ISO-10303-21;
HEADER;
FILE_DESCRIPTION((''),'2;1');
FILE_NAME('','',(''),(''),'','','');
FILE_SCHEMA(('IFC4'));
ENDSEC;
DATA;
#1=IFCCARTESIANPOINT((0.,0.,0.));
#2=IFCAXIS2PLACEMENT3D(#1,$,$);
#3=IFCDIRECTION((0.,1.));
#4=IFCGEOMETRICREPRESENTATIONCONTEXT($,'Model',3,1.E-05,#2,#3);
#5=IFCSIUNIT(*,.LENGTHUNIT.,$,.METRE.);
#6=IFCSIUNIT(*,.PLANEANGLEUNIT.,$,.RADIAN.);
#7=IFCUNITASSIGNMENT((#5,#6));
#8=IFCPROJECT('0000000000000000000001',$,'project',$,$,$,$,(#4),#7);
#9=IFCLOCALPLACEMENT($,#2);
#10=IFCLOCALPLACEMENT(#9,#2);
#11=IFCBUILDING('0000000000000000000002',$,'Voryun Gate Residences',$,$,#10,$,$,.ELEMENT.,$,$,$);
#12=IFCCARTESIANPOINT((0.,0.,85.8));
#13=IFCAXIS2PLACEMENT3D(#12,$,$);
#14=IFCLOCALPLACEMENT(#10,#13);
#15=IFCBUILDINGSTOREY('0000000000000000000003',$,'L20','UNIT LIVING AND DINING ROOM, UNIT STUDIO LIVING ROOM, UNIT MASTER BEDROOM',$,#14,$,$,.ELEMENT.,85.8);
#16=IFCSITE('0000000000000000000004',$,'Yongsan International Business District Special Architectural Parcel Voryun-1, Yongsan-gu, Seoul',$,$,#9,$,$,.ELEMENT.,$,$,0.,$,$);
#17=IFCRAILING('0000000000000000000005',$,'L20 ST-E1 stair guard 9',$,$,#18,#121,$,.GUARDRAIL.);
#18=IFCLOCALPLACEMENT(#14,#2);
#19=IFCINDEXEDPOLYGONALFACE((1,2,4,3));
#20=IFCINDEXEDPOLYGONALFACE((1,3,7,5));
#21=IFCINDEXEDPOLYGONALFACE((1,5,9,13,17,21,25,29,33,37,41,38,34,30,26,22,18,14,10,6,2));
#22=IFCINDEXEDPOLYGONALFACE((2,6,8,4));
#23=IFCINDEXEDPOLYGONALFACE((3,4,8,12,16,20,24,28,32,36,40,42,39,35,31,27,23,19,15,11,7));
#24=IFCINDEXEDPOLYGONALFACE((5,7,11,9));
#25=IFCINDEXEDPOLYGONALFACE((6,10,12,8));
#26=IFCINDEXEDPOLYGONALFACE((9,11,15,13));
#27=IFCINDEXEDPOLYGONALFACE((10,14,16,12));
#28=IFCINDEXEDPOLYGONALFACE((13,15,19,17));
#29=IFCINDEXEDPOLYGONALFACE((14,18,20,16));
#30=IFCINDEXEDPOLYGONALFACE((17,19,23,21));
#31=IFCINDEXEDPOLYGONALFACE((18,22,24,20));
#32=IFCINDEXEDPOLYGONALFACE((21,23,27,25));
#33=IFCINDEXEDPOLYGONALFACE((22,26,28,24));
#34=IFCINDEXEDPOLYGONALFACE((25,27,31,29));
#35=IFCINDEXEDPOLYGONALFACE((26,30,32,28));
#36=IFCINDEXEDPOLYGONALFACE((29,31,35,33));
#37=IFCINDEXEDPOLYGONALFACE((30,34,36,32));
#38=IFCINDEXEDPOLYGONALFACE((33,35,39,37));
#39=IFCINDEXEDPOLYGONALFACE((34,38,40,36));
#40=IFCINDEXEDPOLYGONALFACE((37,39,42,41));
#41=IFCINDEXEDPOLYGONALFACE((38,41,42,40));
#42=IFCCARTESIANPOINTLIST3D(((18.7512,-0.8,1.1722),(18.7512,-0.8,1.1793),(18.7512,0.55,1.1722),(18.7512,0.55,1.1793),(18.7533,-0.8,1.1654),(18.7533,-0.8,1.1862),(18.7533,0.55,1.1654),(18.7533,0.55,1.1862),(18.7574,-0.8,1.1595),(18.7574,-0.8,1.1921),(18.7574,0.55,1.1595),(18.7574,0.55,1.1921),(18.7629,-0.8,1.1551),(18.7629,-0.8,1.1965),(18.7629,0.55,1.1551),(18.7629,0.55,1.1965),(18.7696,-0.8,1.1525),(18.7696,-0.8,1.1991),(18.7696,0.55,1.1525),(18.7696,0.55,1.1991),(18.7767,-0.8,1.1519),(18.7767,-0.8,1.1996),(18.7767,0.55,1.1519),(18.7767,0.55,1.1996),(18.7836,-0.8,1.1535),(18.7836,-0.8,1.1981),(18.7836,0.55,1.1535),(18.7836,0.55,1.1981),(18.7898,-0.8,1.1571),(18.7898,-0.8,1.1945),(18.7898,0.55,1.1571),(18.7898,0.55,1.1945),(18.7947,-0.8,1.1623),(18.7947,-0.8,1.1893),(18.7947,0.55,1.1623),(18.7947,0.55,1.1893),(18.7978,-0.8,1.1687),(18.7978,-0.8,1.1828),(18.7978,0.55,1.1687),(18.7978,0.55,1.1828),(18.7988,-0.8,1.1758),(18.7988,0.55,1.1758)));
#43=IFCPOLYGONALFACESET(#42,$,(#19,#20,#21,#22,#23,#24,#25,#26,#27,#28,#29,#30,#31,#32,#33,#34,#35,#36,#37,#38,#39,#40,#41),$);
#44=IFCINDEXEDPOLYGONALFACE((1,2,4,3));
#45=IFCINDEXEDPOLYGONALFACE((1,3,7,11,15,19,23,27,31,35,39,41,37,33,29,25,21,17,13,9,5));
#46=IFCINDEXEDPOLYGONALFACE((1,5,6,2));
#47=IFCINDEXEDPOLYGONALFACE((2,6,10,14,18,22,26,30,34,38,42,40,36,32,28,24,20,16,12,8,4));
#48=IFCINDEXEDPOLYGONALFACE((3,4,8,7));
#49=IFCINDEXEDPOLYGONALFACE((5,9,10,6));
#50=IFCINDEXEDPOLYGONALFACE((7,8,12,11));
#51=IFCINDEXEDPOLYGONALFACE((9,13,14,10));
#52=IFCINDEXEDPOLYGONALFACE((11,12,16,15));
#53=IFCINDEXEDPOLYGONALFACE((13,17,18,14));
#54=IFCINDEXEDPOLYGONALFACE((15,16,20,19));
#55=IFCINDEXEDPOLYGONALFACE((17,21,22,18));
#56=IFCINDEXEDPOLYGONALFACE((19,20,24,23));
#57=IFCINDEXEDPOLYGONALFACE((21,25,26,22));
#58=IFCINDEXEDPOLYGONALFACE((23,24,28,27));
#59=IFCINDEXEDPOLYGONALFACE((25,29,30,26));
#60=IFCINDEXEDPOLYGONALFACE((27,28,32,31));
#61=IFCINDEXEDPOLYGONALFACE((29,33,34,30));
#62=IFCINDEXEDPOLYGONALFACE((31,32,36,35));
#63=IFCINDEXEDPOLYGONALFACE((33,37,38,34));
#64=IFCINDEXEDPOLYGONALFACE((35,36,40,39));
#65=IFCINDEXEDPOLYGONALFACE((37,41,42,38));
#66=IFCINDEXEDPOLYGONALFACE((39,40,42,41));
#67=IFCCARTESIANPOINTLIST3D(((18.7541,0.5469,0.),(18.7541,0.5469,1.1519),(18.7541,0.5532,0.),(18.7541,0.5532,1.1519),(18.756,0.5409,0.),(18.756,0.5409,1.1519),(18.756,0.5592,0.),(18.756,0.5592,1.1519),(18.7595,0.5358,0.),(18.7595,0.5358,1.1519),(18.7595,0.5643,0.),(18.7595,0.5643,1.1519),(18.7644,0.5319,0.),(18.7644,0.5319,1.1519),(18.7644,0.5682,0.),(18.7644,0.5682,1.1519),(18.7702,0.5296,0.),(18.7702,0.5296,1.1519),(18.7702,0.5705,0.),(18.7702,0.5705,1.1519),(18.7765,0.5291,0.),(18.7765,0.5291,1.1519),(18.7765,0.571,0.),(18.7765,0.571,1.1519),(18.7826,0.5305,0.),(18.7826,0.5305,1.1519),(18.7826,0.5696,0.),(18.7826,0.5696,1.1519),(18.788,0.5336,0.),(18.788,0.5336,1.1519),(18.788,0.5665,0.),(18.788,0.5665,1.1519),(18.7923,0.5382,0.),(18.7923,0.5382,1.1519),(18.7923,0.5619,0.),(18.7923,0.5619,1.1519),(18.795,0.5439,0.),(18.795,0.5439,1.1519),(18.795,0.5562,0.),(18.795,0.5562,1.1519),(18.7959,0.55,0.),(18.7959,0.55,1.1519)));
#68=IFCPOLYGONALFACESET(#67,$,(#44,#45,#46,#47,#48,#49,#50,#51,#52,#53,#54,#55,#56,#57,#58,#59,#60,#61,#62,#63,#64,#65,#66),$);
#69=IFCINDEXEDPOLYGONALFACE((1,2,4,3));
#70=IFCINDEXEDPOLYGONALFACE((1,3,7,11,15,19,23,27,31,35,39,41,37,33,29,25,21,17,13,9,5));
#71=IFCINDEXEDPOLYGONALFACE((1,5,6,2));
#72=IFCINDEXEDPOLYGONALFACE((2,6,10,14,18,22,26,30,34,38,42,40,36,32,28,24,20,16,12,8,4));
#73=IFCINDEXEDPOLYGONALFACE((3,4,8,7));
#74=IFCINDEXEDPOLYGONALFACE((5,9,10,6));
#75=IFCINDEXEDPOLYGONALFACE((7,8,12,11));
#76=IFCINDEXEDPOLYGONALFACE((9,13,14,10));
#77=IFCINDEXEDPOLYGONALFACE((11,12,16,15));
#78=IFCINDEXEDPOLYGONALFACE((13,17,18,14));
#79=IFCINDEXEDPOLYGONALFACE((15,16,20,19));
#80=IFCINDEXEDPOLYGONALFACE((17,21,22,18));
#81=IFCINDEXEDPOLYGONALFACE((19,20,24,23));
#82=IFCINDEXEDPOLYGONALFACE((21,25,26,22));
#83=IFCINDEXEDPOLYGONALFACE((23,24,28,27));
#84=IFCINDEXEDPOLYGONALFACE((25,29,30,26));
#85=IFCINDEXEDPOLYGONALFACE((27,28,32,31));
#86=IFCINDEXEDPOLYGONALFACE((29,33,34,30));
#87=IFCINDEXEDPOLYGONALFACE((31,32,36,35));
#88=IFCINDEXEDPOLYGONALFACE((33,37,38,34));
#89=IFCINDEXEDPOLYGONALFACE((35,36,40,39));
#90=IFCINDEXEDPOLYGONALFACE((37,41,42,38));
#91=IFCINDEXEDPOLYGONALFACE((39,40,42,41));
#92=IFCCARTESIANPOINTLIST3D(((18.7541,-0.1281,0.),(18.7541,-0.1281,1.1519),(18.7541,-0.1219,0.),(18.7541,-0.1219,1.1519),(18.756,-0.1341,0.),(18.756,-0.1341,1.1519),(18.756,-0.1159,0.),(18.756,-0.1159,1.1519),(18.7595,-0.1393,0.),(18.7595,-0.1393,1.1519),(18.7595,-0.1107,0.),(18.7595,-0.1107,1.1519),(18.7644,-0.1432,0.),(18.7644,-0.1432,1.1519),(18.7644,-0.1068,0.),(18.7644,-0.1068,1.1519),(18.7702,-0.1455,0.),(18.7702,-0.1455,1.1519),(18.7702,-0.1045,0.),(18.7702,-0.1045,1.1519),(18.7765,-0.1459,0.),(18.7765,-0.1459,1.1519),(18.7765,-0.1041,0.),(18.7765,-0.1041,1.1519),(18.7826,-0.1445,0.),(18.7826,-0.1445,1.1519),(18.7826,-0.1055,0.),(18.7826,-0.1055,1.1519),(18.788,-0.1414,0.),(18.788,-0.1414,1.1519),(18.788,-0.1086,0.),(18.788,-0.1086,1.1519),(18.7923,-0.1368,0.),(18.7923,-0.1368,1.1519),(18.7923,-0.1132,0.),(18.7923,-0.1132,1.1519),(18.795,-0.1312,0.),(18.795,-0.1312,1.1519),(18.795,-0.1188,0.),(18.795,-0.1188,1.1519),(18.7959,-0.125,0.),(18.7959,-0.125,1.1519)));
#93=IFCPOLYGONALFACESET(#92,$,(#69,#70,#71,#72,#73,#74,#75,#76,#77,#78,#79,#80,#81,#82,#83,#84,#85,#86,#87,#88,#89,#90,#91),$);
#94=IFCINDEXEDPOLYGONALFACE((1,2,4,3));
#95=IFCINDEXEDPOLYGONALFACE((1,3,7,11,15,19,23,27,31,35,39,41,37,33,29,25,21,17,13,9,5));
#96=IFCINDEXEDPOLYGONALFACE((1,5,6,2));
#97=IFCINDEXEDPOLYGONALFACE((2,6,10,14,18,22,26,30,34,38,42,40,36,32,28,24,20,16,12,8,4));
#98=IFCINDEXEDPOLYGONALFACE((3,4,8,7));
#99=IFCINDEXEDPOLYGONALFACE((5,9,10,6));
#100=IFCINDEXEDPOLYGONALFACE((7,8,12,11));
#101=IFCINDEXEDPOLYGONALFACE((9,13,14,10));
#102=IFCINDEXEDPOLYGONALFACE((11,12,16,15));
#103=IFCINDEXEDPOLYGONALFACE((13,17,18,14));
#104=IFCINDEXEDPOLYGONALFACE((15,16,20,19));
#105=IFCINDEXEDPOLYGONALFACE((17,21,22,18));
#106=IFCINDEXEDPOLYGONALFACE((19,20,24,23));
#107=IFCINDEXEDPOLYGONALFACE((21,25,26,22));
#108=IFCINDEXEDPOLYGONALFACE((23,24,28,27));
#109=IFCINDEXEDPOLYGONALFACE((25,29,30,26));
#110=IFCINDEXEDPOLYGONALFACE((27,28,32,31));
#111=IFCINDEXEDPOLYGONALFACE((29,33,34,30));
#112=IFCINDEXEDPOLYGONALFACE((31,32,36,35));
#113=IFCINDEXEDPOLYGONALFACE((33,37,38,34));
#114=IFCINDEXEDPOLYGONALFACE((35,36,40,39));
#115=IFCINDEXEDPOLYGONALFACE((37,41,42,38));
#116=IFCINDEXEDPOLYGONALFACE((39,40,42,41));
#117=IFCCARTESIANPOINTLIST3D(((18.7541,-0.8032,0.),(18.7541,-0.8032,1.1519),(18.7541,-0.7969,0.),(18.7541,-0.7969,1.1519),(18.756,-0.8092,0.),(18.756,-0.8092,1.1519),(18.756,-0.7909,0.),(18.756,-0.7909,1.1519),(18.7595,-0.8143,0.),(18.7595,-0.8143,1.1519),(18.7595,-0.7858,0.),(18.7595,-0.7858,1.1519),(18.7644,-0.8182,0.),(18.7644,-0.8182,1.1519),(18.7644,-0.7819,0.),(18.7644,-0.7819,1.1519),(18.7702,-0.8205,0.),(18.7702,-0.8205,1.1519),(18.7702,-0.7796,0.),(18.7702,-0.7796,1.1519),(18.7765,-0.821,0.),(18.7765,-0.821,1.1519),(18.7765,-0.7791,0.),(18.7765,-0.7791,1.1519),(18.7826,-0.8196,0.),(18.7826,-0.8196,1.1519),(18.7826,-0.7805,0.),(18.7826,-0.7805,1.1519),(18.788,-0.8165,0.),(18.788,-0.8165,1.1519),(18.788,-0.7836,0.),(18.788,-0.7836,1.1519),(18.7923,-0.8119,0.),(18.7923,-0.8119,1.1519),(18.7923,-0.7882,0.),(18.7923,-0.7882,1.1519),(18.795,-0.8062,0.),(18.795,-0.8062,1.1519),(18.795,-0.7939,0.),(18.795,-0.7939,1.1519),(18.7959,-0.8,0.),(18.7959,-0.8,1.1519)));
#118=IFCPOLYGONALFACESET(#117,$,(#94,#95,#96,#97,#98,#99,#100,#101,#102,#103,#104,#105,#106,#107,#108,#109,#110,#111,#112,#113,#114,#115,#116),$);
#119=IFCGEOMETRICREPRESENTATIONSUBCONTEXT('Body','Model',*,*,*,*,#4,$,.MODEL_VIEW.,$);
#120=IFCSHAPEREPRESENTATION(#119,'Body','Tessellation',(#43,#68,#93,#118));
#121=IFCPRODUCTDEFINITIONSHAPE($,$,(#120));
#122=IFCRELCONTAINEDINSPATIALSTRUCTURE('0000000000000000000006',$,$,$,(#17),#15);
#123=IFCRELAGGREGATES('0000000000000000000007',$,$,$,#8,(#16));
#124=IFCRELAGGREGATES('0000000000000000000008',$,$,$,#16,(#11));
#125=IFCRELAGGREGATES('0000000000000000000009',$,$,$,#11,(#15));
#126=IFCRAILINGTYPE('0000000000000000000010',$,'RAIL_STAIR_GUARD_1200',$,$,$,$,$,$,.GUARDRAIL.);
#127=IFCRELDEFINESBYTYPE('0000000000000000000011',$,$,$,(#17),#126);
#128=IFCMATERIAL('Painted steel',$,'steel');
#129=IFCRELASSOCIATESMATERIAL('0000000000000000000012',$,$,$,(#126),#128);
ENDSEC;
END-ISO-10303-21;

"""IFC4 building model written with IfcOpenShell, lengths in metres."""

from ifc_helpers import new_model, si_unit, direction, frame, origin, origin_2d, place, context, subcontext, project, spatial, circle, extrude, material, type_object, element, save


model = new_model("IFC4")

# Units and contexts
model_context = context("Model", 3, precision=1e-05, world=origin(), true_north=direction((0.0, 1.0)))
body_context = subcontext(model_context, "Body", "Model", "MODEL_VIEW")
ifc_project = project(units=[si_unit("LENGTHUNIT", "METRE"), si_unit("PLANEANGLEUNIT", "RADIAN")], contexts=[model_context])

# Site, building, storey
site_placement = place(None, origin())
site = spatial("IfcSite", under=ifc_project, at=site_placement, Name="Yongsan International Business District Special Architectural Parcel Voryun-1, Yongsan-gu, Seoul", CompositionType="ELEMENT", RefElevation=0.0)
building_placement = place(site_placement, origin())
building = spatial("IfcBuilding", under=site, at=building_placement, Name="Voryun Gate Residences", CompositionType="ELEMENT")
storey_placement = place(building_placement, frame((0.0, 0.0, 85.8)))
storey = spatial("IfcBuildingStorey", under=building, at=storey_placement, Name="L20", Description="UNIT LIVING AND DINING ROOM, UNIT STUDIO LIVING ROOM, UNIT MASTER BEDROOM", CompositionType="ELEMENT", Elevation=85.8)

# Railing
ifc_material_1 = material(Name="Painted steel", Category="steel")
railing_type_1 = type_object("IfcRailingType", Name="RAIL_STAIR_GUARD_1200", PredefinedType="GUARDRAIL", material=ifc_material_1)
for number, where, name in (
    (1, (18.7749, 0.55, 0.0), "L20 ST-E1 stair guard 9"),
):
    element("IfcRailing", number, at=place(storey_placement, frame(where)), inside=storey, type_object=railing_type_1, Name=name, PredefinedType="GUARDRAIL", context=body_context, shape_type="SweptSolid", body=[
        extrude(circle(Radius=0.0239, at=origin_2d()), frame((0.0, 0.0, 1.1758), z_axis=(0.0, -1.0, 0.0), x_axis=(1.0, 0.0, 0.0)), (0.0, 0.0, 1.0), 1.3501),
        extrude(circle(Radius=0.021, at=origin_2d()), origin(), (0.0, 0.0, 1.0), 1.1519),
        extrude(circle(Radius=0.021, at=origin_2d()), frame((0.0, -0.675, 0.0)), (0.0, 0.0, 1.0), 1.1519),
        extrude(circle(Radius=0.021, at=origin_2d()), frame((0.0, -1.3501, 0.0)), (0.0, 0.0, 1.0), 1.1519),
    ])

save(model, "model.ifc")
